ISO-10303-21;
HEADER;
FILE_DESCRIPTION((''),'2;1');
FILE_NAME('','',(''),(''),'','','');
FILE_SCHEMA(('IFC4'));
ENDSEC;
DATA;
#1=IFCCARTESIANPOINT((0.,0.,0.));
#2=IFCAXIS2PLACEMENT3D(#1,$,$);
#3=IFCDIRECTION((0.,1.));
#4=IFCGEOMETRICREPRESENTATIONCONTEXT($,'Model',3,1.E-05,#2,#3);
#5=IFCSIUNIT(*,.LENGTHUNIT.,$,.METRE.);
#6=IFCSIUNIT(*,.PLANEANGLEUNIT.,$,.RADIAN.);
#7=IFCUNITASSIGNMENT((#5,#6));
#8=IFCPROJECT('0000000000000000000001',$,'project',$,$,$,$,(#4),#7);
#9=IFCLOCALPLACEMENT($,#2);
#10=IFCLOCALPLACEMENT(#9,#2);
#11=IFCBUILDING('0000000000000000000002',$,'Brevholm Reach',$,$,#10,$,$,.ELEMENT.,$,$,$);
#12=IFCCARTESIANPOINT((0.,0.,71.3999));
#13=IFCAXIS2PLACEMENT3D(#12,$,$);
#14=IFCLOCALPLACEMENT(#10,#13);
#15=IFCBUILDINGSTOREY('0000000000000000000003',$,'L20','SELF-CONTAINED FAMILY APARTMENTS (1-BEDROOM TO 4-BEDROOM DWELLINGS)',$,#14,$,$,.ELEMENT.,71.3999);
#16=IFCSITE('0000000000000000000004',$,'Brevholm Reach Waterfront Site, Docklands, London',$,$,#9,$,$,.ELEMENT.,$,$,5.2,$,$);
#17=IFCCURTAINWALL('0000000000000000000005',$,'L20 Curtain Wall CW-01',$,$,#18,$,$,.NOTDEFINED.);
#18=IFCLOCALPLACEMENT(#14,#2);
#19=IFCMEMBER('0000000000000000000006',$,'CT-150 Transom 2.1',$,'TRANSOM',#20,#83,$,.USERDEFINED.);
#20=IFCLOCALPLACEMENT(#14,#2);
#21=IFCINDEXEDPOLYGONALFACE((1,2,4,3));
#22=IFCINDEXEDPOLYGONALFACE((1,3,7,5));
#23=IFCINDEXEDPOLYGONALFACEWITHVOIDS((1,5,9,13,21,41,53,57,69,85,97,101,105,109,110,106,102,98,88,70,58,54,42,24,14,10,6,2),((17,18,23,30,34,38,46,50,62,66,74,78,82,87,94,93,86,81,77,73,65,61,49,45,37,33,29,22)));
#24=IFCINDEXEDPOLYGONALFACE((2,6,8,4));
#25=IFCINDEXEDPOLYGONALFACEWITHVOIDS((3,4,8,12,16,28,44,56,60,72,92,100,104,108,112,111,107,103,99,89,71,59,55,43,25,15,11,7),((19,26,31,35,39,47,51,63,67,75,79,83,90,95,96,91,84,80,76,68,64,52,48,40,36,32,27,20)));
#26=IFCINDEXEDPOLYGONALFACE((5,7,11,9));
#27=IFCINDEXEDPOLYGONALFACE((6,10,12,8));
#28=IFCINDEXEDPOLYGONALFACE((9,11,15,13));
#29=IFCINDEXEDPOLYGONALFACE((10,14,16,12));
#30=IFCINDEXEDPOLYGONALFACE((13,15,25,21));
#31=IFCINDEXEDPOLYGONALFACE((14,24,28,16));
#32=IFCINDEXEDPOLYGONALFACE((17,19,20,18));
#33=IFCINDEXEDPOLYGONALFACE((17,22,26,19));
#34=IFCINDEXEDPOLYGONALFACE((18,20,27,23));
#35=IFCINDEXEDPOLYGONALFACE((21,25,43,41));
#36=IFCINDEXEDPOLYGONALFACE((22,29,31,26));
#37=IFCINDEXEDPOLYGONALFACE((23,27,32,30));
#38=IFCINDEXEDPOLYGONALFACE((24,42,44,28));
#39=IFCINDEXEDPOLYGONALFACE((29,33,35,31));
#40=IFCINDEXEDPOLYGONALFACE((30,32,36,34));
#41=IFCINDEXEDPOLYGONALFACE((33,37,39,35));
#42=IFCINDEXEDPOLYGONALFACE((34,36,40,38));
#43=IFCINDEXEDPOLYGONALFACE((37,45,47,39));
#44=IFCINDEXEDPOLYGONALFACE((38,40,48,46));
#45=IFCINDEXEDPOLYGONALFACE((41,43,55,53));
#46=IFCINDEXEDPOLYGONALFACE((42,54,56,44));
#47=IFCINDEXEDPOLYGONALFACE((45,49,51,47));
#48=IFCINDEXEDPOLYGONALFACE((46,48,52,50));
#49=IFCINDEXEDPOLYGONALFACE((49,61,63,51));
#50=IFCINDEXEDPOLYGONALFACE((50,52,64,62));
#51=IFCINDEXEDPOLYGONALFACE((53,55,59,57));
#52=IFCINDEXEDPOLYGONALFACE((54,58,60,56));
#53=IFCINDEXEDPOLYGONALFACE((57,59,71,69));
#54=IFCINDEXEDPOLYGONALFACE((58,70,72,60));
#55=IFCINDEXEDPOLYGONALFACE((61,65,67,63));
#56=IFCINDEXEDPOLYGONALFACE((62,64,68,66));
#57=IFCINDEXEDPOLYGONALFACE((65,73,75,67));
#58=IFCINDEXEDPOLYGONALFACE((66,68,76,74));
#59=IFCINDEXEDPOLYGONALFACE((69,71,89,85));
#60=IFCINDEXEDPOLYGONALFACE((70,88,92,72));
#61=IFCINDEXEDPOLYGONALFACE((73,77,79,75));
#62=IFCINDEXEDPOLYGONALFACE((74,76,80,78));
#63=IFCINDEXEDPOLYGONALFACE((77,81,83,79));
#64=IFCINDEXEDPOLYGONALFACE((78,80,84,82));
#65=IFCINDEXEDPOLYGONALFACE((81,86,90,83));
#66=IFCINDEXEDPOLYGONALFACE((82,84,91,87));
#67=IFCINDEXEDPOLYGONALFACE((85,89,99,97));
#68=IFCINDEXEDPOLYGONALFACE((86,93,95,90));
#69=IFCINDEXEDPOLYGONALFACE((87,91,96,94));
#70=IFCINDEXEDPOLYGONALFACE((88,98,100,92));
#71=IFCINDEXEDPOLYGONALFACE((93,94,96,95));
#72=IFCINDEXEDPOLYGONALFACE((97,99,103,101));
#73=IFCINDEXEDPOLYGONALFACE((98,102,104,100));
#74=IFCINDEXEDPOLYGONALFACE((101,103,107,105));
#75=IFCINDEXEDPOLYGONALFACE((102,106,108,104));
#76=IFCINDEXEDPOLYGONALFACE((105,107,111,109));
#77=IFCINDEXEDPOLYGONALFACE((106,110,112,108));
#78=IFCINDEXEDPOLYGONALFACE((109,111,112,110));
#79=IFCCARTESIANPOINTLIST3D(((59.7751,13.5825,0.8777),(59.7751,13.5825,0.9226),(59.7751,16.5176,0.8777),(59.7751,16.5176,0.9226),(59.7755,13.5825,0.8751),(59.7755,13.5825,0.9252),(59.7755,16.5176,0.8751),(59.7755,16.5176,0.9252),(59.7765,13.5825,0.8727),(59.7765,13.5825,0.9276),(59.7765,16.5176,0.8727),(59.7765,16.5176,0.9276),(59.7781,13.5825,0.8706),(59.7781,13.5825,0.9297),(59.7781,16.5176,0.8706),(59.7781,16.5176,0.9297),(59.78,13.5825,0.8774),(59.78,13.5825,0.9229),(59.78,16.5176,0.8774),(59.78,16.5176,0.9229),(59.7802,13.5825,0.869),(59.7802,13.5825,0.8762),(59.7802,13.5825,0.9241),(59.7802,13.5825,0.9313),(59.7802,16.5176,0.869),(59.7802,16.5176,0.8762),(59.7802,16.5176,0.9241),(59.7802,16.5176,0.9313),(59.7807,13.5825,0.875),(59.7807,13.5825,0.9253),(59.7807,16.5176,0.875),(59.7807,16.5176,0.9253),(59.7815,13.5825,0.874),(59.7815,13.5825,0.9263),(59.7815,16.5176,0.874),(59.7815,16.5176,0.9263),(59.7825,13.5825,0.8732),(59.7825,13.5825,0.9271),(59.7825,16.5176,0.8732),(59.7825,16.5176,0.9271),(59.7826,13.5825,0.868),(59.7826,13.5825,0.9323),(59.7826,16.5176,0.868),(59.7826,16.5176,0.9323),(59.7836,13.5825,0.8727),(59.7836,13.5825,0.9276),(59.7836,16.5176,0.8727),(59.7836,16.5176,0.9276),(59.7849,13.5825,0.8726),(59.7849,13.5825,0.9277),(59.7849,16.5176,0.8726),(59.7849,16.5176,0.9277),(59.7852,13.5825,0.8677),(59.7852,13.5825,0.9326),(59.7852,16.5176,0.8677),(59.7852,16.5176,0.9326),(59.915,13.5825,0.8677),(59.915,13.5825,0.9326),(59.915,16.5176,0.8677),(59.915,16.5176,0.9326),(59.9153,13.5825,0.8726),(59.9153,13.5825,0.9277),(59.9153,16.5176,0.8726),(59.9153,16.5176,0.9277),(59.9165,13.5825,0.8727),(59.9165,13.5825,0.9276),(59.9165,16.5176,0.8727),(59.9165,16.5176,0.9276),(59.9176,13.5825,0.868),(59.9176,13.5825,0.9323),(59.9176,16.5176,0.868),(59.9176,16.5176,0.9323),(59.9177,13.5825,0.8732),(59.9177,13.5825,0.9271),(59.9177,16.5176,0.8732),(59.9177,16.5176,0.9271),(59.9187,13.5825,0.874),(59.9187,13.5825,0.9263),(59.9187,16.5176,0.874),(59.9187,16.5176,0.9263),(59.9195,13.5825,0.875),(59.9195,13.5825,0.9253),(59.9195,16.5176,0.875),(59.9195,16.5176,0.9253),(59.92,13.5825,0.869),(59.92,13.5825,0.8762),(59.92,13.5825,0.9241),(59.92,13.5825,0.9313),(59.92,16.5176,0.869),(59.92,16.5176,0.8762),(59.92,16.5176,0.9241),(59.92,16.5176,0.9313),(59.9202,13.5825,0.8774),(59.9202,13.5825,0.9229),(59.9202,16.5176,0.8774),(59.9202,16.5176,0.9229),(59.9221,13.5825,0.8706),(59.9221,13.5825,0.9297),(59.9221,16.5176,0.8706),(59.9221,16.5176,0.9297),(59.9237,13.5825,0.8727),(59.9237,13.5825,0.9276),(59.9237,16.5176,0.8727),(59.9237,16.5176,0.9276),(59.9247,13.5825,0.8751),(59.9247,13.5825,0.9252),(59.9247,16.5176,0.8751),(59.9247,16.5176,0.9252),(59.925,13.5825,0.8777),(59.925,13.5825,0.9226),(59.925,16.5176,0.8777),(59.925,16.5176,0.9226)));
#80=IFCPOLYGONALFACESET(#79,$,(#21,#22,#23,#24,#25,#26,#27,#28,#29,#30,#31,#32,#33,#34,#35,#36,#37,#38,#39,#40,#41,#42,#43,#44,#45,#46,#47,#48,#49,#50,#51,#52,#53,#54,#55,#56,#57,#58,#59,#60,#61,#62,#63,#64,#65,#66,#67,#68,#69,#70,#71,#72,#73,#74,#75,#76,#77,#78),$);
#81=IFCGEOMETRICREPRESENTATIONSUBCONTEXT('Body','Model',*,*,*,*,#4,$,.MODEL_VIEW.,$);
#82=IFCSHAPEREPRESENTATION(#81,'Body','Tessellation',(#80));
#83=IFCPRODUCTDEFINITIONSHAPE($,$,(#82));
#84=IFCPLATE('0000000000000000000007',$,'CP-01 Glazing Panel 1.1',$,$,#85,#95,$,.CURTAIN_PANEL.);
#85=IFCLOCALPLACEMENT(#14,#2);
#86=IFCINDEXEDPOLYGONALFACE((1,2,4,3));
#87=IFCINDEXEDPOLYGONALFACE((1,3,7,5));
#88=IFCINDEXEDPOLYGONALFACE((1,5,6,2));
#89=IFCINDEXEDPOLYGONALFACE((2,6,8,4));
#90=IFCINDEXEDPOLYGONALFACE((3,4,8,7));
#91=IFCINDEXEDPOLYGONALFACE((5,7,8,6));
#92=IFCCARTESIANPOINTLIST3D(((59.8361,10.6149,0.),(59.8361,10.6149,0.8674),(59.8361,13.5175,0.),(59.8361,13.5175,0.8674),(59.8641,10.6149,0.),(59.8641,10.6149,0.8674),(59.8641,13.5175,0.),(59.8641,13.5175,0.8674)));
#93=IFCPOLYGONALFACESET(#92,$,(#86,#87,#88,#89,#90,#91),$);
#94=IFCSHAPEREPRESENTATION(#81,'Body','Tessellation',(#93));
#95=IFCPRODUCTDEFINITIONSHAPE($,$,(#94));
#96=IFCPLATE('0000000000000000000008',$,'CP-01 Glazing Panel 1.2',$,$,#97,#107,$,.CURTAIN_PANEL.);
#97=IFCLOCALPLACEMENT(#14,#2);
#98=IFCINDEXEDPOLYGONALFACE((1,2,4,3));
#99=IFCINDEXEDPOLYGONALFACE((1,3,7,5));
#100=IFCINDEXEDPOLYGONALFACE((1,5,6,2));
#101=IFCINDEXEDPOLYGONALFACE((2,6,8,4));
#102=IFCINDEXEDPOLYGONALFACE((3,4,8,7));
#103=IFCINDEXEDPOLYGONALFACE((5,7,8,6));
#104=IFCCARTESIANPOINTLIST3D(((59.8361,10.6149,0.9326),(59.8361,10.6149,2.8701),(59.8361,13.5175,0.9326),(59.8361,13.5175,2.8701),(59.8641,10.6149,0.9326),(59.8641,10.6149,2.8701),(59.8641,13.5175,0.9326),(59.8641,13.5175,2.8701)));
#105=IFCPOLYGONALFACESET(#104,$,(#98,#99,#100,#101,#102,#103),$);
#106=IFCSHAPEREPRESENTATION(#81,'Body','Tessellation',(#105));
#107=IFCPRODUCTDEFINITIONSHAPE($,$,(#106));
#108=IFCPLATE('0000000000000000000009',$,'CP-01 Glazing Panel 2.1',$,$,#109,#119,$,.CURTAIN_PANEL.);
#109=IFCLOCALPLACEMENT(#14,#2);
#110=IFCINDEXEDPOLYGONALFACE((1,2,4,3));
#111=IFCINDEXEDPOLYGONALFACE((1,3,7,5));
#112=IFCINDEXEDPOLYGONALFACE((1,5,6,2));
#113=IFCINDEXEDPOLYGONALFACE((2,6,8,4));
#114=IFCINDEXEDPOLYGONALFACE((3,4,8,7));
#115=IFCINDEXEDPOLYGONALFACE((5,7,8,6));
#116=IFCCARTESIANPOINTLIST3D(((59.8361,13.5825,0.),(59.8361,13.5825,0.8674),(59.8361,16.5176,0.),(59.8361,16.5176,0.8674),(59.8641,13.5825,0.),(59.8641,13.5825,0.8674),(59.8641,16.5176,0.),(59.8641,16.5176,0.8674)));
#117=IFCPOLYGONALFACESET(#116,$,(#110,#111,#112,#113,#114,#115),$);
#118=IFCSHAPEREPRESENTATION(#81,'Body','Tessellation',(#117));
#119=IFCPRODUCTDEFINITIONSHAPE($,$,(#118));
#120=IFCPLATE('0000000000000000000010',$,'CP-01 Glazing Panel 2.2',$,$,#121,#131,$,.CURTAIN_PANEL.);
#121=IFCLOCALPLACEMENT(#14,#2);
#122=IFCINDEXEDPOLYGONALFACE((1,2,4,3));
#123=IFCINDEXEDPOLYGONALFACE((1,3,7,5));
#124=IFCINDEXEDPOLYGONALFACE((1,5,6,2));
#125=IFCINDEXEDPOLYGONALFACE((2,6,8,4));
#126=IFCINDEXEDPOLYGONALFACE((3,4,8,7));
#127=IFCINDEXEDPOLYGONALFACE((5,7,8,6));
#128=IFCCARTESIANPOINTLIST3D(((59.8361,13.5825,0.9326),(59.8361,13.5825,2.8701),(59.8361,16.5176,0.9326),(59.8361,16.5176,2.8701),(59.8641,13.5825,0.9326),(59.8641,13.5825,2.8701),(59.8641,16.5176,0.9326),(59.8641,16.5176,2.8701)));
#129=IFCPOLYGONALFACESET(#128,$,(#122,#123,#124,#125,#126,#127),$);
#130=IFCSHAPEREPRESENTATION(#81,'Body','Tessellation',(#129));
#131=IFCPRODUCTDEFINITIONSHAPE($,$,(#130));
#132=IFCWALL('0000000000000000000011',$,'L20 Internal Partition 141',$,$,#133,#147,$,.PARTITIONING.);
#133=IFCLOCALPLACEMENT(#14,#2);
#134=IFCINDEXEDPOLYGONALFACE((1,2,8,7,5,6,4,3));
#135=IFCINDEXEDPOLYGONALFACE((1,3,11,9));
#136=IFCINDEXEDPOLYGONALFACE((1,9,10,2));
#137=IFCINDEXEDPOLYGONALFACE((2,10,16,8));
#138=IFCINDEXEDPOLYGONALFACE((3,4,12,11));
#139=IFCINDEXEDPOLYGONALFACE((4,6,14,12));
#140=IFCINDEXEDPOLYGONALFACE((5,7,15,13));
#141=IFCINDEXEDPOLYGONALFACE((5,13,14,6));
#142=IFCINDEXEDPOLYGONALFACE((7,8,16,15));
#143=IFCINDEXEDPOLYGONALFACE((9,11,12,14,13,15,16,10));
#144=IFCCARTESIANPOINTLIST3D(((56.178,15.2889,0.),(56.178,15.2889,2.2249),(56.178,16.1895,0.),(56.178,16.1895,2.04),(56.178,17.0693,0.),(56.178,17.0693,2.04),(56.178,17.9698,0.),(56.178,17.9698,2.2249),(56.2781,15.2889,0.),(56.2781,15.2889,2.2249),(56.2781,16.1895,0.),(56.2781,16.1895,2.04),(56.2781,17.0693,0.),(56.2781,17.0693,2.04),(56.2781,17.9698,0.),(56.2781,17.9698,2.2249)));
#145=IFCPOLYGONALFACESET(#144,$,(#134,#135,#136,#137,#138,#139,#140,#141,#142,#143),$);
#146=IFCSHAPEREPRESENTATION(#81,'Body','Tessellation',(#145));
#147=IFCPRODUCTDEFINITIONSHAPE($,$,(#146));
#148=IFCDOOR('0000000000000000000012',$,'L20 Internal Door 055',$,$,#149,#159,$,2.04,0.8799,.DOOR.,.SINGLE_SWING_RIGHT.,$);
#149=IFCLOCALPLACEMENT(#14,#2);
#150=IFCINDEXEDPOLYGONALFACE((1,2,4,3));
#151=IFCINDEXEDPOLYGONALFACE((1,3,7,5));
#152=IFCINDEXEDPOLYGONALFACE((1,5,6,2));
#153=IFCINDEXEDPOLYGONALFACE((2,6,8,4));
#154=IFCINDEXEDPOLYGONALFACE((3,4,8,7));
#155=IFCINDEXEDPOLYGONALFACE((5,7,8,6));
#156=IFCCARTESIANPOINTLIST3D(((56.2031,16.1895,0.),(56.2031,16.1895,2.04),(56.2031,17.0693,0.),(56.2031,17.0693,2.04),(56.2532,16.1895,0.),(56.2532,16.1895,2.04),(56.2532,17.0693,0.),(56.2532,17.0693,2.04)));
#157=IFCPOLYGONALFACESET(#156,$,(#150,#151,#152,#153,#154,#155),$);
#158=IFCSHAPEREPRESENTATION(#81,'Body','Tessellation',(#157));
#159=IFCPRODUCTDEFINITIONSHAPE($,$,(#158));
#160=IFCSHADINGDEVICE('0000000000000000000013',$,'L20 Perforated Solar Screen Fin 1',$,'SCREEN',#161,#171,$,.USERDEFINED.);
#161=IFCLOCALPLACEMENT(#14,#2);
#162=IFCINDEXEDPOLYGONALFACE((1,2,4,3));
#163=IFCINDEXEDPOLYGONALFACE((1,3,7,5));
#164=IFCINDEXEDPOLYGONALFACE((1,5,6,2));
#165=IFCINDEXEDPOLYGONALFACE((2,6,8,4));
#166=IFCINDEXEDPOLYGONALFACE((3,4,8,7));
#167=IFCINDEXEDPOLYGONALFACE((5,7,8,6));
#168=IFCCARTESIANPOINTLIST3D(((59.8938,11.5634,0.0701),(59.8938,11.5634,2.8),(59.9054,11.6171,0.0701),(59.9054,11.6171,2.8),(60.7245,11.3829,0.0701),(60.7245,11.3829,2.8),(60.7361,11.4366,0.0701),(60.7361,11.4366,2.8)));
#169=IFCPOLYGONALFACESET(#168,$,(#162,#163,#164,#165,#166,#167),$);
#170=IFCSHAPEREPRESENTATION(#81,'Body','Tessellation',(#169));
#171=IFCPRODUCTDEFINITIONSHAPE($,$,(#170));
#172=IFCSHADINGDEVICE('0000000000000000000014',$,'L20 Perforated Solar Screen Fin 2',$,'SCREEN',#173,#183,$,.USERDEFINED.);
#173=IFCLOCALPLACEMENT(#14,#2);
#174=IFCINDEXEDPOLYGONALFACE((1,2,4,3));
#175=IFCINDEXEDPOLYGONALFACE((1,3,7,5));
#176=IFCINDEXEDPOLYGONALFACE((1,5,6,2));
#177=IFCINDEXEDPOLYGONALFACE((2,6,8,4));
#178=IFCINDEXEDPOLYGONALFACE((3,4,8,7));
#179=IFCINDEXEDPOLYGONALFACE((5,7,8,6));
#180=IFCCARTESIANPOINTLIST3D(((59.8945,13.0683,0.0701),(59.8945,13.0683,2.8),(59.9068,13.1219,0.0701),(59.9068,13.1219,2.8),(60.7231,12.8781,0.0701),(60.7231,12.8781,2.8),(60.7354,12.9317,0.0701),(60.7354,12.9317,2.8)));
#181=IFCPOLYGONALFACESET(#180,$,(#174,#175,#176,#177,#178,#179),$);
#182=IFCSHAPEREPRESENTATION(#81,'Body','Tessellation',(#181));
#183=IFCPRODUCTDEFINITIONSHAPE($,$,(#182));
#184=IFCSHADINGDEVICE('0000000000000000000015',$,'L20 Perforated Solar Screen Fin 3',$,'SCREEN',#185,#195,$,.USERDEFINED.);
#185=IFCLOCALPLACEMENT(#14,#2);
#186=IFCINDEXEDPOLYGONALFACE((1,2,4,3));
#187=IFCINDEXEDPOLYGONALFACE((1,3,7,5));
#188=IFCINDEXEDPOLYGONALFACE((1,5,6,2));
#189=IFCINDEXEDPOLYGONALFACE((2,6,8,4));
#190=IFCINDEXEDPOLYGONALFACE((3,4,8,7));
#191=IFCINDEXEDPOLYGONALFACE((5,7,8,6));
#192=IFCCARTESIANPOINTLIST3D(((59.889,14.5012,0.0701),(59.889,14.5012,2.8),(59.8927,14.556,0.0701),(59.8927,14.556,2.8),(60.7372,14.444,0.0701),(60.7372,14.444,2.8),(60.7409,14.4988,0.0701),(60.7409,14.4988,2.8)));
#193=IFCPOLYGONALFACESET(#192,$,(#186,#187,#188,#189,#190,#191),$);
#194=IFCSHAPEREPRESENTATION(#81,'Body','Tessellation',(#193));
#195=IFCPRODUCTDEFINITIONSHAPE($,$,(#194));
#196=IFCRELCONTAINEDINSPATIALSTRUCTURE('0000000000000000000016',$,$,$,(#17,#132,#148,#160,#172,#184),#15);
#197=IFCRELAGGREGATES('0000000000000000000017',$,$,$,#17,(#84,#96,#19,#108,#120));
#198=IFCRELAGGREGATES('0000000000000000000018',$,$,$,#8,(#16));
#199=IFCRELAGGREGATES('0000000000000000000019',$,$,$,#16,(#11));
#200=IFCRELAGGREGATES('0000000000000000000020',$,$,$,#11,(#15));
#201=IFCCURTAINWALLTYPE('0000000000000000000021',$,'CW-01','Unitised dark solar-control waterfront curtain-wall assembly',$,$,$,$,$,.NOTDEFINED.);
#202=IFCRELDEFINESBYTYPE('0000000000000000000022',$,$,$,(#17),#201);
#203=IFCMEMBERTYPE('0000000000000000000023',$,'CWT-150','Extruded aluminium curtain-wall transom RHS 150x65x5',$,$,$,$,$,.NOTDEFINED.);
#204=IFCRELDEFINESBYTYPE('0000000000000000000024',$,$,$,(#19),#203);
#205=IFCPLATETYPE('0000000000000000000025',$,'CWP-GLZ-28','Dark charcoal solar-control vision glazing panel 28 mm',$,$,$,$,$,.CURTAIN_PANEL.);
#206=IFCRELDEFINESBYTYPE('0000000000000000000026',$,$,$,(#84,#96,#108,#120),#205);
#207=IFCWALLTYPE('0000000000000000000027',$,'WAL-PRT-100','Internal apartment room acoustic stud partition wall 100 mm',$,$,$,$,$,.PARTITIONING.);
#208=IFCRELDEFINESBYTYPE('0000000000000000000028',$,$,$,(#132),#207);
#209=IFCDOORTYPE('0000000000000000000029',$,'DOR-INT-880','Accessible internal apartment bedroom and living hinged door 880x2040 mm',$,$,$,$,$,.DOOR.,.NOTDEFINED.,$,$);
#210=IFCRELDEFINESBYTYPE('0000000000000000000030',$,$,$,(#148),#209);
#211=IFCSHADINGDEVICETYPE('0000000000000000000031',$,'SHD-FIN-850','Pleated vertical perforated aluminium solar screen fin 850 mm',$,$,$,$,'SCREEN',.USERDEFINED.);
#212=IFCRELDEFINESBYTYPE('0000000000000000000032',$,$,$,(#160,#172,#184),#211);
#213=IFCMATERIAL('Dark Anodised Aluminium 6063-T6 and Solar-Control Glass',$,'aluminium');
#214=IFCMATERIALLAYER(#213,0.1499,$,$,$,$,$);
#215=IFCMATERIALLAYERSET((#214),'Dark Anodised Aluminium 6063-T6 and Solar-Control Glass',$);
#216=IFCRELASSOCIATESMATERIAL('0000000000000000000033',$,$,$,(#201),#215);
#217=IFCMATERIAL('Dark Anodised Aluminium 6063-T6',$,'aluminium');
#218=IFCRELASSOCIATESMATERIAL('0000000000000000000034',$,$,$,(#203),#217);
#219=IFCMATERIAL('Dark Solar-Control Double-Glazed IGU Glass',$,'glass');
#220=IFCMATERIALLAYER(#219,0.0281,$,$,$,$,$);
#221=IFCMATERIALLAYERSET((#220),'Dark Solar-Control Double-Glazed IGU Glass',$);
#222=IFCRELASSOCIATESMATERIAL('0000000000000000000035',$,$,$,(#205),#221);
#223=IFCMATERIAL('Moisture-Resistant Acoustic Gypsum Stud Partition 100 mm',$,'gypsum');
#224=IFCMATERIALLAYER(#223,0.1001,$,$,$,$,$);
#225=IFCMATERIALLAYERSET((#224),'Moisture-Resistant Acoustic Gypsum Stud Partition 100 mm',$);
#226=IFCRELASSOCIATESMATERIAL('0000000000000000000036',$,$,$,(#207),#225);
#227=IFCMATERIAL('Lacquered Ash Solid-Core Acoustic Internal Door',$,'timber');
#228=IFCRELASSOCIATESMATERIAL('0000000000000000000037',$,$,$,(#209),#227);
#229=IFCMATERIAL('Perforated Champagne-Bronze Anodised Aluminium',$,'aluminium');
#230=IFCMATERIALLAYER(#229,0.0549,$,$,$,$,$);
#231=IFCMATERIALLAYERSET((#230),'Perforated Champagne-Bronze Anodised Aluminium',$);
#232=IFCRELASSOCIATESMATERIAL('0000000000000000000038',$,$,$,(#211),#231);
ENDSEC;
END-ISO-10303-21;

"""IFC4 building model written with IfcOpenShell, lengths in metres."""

from ifc_helpers import new_model, si_unit, direction, frame, frame_2d, origin, origin_2d, place, context, subcontext, project, spatial, rectangle, hollow_rectangle, extrude, material, layer, layer_set, material_profile, profile_set, type_object, element, fill, aggregate, save


model = new_model("IFC4")

# Units and contexts
model_context = context("Model", 3, precision=1e-05, world=origin(), true_north=direction((0.0, 1.0)))
body_context = subcontext(model_context, "Body", "Model", "MODEL_VIEW")
ifc_project = project(units=[si_unit("LENGTHUNIT", "METRE"), si_unit("PLANEANGLEUNIT", "RADIAN")], contexts=[model_context])

# Site, building, storey
site_placement = place(None, origin())
site = spatial("IfcSite", under=ifc_project, at=site_placement, Name="Brevholm Reach Waterfront Site, Docklands, London", CompositionType="ELEMENT", RefElevation=5.2)
building_placement = place(site_placement, origin())
building = spatial("IfcBuilding", under=site, at=building_placement, Name="Brevholm Reach", CompositionType="ELEMENT")
storey_placement = place(building_placement, frame((0.0, 0.0, 71.3999)))
storey = spatial("IfcBuildingStorey", under=building, at=storey_placement, Name="L20", Description="SELF-CONTAINED FAMILY APARTMENTS (1-BEDROOM TO 4-BEDROOM DWELLINGS)", CompositionType="ELEMENT", Elevation=71.3999)

# Curtain wall, member, plates
ifc_material_1 = material(Name="Dark Anodised Aluminium 6063-T6 and Solar-Control Glass", Category="aluminium")
ifc_layer_1 = layer(ifc_material_1, 0.1499)
ifc_layer_set_1 = layer_set([ifc_layer_1], Name="Dark Anodised Aluminium 6063-T6 and Solar-Control Glass")
curtain_wall_type = type_object("IfcCurtainWallType", Name="CW-01", Description="Unitised dark solar-control waterfront curtain-wall assembly", PredefinedType="NOTDEFINED", material=ifc_layer_set_1)
curtain_wall_placement = place(storey_placement, origin())
curtain_wall = element("IfcCurtainWall", 1, at=curtain_wall_placement, inside=storey, type_object=curtain_wall_type, Name="L20 Curtain Wall CW-01", PredefinedType="NOTDEFINED")
ifc_material_2 = material(Name="Dark Anodised Aluminium 6063-T6", Category="aluminium")
ifc_material_profile_1 = material_profile(ifc_material_2, hollow_rectangle(XDim=0.0649, YDim=0.1499, WallThickness=0.0049, InnerFilletRadius=0.0049, OuterFilletRadius=0.01, at=origin_2d()), Name="RHS 150x65x5")
ifc_profile_set_1 = profile_set([ifc_material_profile_1], Name="Dark Anodised Aluminium 6063-T6")
member_type_1 = type_object("IfcMemberType", Name="CWT-150", Description="Extruded aluminium curtain-wall transom RHS 150x65x5", PredefinedType="NOTDEFINED", material=ifc_profile_set_1)
member_1_placement = place(storey_placement, frame((59.8501, 13.5825, 0.9001), z_axis=(0.0, 1.0, 0.0), x_axis=(0.0, 0.0, 1.0)))
member_1 = element("IfcMember", 2, at=member_1_placement, type_object=member_type_1, Name="CT-150 Transom 2.1", ObjectType="TRANSOM", PredefinedType="USERDEFINED", context=body_context, shape_type="SweptSolid", body=[
    extrude(hollow_rectangle(XDim=0.0649, YDim=0.1499, WallThickness=0.0049, InnerFilletRadius=0.0049, OuterFilletRadius=0.01, at=origin_2d()), origin(), (0.0, 0.0, 1.0), 2.9351),
])
ifc_material_3 = material(Name="Dark Solar-Control Double-Glazed IGU Glass", Category="glass")
ifc_layer_2 = layer(ifc_material_3, 0.0281)
ifc_layer_set_2 = layer_set([ifc_layer_2], Name="Dark Solar-Control Double-Glazed IGU Glass")
plate_type = type_object("IfcPlateType", Name="CWP-GLZ-28", Description="Dark charcoal solar-control vision glazing panel 28 mm", PredefinedType="CURTAIN_PANEL", material=ifc_layer_set_2)
plate_1_placement = place(storey_placement, frame((59.8501, 12.0662, 0.0), z_axis=(0.0, 0.0, 1.0), x_axis=(0.0, 1.0, 0.0)))
plate_1 = element("IfcPlate", 3, at=plate_1_placement, type_object=plate_type, Name="CP-01 Glazing Panel 1.1", PredefinedType="CURTAIN_PANEL", context=body_context, shape_type="SweptSolid", body=[
    extrude(rectangle(XDim=2.9026, YDim=0.0281, at=origin_2d()), origin(), (0.0, 0.0, 1.0), 0.8674),
])
plate_2_placement = place(storey_placement, frame((59.8501, 12.0662, 0.9326), z_axis=(0.0, 0.0, 1.0), x_axis=(0.0, 1.0, 0.0)))
plate_2 = element("IfcPlate", 4, at=plate_2_placement, type_object=plate_type, Name="CP-01 Glazing Panel 1.2", PredefinedType="CURTAIN_PANEL", context=body_context, shape_type="SweptSolid", body=[
    extrude(rectangle(XDim=2.9026, YDim=0.0281, at=origin_2d()), origin(), (0.0, 0.0, 1.0), 1.9375),
])
plate_3_placement = place(storey_placement, frame((59.8501, 15.05, 0.0), z_axis=(0.0, 0.0, 1.0), x_axis=(0.0, 1.0, 0.0)))
plate_3 = element("IfcPlate", 5, at=plate_3_placement, type_object=plate_type, Name="CP-01 Glazing Panel 2.1", PredefinedType="CURTAIN_PANEL", context=body_context, shape_type="SweptSolid", body=[
    extrude(rectangle(XDim=2.9351, YDim=0.0281, at=origin_2d()), origin(), (0.0, 0.0, 1.0), 0.8674),
])
plate_4_placement = place(storey_placement, frame((59.8501, 15.05, 0.9326), z_axis=(0.0, 0.0, 1.0), x_axis=(0.0, 1.0, 0.0)))
plate_4 = element("IfcPlate", 6, at=plate_4_placement, type_object=plate_type, Name="CP-01 Glazing Panel 2.2", PredefinedType="CURTAIN_PANEL", context=body_context, shape_type="SweptSolid", body=[
    extrude(rectangle(XDim=2.9351, YDim=0.0281, at=origin_2d()), origin(), (0.0, 0.0, 1.0), 1.9375),
])
aggregate(curtain_wall, [plate_1, plate_2, member_1, plate_3, plate_4])

# Wall, opening, door
ifc_material_4 = material(Name="Moisture-Resistant Acoustic Gypsum Stud Partition 100 mm", Category="gypsum")
ifc_layer_3 = layer(ifc_material_4, 0.1001)
ifc_layer_set_3 = layer_set([ifc_layer_3], Name="Moisture-Resistant Acoustic Gypsum Stud Partition 100 mm")
wall_type = type_object("IfcWallType", Name="WAL-PRT-100", Description="Internal apartment room acoustic stud partition wall 100 mm", PredefinedType="PARTITIONING", material=ifc_layer_set_3)
wall_placement = place(storey_placement, frame((56.228, 15.2891, 0.0), z_axis=(0.0, 0.0, 1.0), x_axis=(0.0, 1.0, 0.0)))
wall = element("IfcWall", 7, at=wall_placement, inside=storey, type_object=wall_type, Name="L20 Internal Partition 141", PredefinedType="PARTITIONING", context=body_context, shape_type="SweptSolid", body=[
    extrude(rectangle(XDim=2.6809, YDim=0.1001, at=frame_2d((1.3403, 0.0))), origin(), (0.0, 0.0, 1.0), 2.2249),
])
opening_placement = place(wall_placement, frame((0.9004, 0.0, 0.0)))
opening = element("IfcOpeningElement", 8, at=opening_placement, cuts=wall, PredefinedType="OPENING", context=body_context, shape_type="SweptSolid", body=[
    extrude(rectangle(XDim=0.8799, YDim=2.04, at=frame_2d((0.4399, 1.02))), frame((0.0, 0.0601, 0.0), z_axis=(0.0, -1.0, 0.0), x_axis=(1.0, 0.0, 0.0)), (0.0, 0.0, 1.0), 0.1201),
])
ifc_material_5 = material(Name="Lacquered Ash Solid-Core Acoustic Internal Door", Category="timber")
door_type = type_object("IfcDoorType", Name="DOR-INT-880", Description="Accessible internal apartment bedroom and living hinged door 880x2040 mm", OperationType="NOTDEFINED", PredefinedType="DOOR", material=ifc_material_5)
door_placement = place(opening_placement, origin())
door = element("IfcDoor", 9, at=door_placement, inside=storey, type_object=door_type, Name="L20 Internal Door 055", OperationType="SINGLE_SWING_RIGHT", OverallHeight=2.04, OverallWidth=0.8799, PredefinedType="DOOR", context=body_context, shape_type="SweptSolid", body=[
    extrude(rectangle(XDim=0.8799, YDim=2.04, at=frame_2d((0.4399, 1.02))), frame((0.0, 0.0249, 0.0), z_axis=(0.0, -1.0, 0.0), x_axis=(1.0, 0.0, 0.0)), (0.0, 0.0, 1.0), 0.05),
])
fill(opening, door)

# Shading devices
ifc_material_6 = material(Name="Perforated Champagne-Bronze Anodised Aluminium", Category="aluminium")
ifc_layer_4 = layer(ifc_material_6, 0.0549)
ifc_layer_set_4 = layer_set([ifc_layer_4], Name="Perforated Champagne-Bronze Anodised Aluminium")
shading_device_type = type_object("IfcShadingDeviceType", Name="SHD-FIN-850", Description="Pleated vertical perforated aluminium solar screen fin 850 mm", ElementType="SCREEN", PredefinedType="USERDEFINED", material=ifc_layer_set_4)
for number, where, z_axis, x_axis, name in (
    (10, (60.3149, 11.5, 0.0701), (0.0, 0.0, 1.0), (0.977198, -0.212331, 0.0), "L20 Perforated Solar Screen Fin 1"),
    (11, (60.3149, 13.0, 0.0701), (0.0, 0.0, 1.0), (0.974648, -0.223743, 0.0), "L20 Perforated Solar Screen Fin 2"),
    (12, (60.3149, 14.5, 0.0701), (0.0, 0.0, 1.0), (0.997728, -0.067371, 0.0), "L20 Perforated Solar Screen Fin 3"),
):
    element("IfcShadingDevice", number, at=place(storey_placement, frame(where, z_axis=z_axis, x_axis=x_axis)), inside=storey, type_object=shading_device_type, Name=name, ObjectType="SCREEN", PredefinedType="USERDEFINED", context=body_context, shape_type="SweptSolid", body=[
        extrude(rectangle(XDim=0.8501, YDim=0.0549, at=origin_2d()), origin(), (0.0, 0.0, 1.0), 2.73),
    ])

save(model, "model.ifc")
